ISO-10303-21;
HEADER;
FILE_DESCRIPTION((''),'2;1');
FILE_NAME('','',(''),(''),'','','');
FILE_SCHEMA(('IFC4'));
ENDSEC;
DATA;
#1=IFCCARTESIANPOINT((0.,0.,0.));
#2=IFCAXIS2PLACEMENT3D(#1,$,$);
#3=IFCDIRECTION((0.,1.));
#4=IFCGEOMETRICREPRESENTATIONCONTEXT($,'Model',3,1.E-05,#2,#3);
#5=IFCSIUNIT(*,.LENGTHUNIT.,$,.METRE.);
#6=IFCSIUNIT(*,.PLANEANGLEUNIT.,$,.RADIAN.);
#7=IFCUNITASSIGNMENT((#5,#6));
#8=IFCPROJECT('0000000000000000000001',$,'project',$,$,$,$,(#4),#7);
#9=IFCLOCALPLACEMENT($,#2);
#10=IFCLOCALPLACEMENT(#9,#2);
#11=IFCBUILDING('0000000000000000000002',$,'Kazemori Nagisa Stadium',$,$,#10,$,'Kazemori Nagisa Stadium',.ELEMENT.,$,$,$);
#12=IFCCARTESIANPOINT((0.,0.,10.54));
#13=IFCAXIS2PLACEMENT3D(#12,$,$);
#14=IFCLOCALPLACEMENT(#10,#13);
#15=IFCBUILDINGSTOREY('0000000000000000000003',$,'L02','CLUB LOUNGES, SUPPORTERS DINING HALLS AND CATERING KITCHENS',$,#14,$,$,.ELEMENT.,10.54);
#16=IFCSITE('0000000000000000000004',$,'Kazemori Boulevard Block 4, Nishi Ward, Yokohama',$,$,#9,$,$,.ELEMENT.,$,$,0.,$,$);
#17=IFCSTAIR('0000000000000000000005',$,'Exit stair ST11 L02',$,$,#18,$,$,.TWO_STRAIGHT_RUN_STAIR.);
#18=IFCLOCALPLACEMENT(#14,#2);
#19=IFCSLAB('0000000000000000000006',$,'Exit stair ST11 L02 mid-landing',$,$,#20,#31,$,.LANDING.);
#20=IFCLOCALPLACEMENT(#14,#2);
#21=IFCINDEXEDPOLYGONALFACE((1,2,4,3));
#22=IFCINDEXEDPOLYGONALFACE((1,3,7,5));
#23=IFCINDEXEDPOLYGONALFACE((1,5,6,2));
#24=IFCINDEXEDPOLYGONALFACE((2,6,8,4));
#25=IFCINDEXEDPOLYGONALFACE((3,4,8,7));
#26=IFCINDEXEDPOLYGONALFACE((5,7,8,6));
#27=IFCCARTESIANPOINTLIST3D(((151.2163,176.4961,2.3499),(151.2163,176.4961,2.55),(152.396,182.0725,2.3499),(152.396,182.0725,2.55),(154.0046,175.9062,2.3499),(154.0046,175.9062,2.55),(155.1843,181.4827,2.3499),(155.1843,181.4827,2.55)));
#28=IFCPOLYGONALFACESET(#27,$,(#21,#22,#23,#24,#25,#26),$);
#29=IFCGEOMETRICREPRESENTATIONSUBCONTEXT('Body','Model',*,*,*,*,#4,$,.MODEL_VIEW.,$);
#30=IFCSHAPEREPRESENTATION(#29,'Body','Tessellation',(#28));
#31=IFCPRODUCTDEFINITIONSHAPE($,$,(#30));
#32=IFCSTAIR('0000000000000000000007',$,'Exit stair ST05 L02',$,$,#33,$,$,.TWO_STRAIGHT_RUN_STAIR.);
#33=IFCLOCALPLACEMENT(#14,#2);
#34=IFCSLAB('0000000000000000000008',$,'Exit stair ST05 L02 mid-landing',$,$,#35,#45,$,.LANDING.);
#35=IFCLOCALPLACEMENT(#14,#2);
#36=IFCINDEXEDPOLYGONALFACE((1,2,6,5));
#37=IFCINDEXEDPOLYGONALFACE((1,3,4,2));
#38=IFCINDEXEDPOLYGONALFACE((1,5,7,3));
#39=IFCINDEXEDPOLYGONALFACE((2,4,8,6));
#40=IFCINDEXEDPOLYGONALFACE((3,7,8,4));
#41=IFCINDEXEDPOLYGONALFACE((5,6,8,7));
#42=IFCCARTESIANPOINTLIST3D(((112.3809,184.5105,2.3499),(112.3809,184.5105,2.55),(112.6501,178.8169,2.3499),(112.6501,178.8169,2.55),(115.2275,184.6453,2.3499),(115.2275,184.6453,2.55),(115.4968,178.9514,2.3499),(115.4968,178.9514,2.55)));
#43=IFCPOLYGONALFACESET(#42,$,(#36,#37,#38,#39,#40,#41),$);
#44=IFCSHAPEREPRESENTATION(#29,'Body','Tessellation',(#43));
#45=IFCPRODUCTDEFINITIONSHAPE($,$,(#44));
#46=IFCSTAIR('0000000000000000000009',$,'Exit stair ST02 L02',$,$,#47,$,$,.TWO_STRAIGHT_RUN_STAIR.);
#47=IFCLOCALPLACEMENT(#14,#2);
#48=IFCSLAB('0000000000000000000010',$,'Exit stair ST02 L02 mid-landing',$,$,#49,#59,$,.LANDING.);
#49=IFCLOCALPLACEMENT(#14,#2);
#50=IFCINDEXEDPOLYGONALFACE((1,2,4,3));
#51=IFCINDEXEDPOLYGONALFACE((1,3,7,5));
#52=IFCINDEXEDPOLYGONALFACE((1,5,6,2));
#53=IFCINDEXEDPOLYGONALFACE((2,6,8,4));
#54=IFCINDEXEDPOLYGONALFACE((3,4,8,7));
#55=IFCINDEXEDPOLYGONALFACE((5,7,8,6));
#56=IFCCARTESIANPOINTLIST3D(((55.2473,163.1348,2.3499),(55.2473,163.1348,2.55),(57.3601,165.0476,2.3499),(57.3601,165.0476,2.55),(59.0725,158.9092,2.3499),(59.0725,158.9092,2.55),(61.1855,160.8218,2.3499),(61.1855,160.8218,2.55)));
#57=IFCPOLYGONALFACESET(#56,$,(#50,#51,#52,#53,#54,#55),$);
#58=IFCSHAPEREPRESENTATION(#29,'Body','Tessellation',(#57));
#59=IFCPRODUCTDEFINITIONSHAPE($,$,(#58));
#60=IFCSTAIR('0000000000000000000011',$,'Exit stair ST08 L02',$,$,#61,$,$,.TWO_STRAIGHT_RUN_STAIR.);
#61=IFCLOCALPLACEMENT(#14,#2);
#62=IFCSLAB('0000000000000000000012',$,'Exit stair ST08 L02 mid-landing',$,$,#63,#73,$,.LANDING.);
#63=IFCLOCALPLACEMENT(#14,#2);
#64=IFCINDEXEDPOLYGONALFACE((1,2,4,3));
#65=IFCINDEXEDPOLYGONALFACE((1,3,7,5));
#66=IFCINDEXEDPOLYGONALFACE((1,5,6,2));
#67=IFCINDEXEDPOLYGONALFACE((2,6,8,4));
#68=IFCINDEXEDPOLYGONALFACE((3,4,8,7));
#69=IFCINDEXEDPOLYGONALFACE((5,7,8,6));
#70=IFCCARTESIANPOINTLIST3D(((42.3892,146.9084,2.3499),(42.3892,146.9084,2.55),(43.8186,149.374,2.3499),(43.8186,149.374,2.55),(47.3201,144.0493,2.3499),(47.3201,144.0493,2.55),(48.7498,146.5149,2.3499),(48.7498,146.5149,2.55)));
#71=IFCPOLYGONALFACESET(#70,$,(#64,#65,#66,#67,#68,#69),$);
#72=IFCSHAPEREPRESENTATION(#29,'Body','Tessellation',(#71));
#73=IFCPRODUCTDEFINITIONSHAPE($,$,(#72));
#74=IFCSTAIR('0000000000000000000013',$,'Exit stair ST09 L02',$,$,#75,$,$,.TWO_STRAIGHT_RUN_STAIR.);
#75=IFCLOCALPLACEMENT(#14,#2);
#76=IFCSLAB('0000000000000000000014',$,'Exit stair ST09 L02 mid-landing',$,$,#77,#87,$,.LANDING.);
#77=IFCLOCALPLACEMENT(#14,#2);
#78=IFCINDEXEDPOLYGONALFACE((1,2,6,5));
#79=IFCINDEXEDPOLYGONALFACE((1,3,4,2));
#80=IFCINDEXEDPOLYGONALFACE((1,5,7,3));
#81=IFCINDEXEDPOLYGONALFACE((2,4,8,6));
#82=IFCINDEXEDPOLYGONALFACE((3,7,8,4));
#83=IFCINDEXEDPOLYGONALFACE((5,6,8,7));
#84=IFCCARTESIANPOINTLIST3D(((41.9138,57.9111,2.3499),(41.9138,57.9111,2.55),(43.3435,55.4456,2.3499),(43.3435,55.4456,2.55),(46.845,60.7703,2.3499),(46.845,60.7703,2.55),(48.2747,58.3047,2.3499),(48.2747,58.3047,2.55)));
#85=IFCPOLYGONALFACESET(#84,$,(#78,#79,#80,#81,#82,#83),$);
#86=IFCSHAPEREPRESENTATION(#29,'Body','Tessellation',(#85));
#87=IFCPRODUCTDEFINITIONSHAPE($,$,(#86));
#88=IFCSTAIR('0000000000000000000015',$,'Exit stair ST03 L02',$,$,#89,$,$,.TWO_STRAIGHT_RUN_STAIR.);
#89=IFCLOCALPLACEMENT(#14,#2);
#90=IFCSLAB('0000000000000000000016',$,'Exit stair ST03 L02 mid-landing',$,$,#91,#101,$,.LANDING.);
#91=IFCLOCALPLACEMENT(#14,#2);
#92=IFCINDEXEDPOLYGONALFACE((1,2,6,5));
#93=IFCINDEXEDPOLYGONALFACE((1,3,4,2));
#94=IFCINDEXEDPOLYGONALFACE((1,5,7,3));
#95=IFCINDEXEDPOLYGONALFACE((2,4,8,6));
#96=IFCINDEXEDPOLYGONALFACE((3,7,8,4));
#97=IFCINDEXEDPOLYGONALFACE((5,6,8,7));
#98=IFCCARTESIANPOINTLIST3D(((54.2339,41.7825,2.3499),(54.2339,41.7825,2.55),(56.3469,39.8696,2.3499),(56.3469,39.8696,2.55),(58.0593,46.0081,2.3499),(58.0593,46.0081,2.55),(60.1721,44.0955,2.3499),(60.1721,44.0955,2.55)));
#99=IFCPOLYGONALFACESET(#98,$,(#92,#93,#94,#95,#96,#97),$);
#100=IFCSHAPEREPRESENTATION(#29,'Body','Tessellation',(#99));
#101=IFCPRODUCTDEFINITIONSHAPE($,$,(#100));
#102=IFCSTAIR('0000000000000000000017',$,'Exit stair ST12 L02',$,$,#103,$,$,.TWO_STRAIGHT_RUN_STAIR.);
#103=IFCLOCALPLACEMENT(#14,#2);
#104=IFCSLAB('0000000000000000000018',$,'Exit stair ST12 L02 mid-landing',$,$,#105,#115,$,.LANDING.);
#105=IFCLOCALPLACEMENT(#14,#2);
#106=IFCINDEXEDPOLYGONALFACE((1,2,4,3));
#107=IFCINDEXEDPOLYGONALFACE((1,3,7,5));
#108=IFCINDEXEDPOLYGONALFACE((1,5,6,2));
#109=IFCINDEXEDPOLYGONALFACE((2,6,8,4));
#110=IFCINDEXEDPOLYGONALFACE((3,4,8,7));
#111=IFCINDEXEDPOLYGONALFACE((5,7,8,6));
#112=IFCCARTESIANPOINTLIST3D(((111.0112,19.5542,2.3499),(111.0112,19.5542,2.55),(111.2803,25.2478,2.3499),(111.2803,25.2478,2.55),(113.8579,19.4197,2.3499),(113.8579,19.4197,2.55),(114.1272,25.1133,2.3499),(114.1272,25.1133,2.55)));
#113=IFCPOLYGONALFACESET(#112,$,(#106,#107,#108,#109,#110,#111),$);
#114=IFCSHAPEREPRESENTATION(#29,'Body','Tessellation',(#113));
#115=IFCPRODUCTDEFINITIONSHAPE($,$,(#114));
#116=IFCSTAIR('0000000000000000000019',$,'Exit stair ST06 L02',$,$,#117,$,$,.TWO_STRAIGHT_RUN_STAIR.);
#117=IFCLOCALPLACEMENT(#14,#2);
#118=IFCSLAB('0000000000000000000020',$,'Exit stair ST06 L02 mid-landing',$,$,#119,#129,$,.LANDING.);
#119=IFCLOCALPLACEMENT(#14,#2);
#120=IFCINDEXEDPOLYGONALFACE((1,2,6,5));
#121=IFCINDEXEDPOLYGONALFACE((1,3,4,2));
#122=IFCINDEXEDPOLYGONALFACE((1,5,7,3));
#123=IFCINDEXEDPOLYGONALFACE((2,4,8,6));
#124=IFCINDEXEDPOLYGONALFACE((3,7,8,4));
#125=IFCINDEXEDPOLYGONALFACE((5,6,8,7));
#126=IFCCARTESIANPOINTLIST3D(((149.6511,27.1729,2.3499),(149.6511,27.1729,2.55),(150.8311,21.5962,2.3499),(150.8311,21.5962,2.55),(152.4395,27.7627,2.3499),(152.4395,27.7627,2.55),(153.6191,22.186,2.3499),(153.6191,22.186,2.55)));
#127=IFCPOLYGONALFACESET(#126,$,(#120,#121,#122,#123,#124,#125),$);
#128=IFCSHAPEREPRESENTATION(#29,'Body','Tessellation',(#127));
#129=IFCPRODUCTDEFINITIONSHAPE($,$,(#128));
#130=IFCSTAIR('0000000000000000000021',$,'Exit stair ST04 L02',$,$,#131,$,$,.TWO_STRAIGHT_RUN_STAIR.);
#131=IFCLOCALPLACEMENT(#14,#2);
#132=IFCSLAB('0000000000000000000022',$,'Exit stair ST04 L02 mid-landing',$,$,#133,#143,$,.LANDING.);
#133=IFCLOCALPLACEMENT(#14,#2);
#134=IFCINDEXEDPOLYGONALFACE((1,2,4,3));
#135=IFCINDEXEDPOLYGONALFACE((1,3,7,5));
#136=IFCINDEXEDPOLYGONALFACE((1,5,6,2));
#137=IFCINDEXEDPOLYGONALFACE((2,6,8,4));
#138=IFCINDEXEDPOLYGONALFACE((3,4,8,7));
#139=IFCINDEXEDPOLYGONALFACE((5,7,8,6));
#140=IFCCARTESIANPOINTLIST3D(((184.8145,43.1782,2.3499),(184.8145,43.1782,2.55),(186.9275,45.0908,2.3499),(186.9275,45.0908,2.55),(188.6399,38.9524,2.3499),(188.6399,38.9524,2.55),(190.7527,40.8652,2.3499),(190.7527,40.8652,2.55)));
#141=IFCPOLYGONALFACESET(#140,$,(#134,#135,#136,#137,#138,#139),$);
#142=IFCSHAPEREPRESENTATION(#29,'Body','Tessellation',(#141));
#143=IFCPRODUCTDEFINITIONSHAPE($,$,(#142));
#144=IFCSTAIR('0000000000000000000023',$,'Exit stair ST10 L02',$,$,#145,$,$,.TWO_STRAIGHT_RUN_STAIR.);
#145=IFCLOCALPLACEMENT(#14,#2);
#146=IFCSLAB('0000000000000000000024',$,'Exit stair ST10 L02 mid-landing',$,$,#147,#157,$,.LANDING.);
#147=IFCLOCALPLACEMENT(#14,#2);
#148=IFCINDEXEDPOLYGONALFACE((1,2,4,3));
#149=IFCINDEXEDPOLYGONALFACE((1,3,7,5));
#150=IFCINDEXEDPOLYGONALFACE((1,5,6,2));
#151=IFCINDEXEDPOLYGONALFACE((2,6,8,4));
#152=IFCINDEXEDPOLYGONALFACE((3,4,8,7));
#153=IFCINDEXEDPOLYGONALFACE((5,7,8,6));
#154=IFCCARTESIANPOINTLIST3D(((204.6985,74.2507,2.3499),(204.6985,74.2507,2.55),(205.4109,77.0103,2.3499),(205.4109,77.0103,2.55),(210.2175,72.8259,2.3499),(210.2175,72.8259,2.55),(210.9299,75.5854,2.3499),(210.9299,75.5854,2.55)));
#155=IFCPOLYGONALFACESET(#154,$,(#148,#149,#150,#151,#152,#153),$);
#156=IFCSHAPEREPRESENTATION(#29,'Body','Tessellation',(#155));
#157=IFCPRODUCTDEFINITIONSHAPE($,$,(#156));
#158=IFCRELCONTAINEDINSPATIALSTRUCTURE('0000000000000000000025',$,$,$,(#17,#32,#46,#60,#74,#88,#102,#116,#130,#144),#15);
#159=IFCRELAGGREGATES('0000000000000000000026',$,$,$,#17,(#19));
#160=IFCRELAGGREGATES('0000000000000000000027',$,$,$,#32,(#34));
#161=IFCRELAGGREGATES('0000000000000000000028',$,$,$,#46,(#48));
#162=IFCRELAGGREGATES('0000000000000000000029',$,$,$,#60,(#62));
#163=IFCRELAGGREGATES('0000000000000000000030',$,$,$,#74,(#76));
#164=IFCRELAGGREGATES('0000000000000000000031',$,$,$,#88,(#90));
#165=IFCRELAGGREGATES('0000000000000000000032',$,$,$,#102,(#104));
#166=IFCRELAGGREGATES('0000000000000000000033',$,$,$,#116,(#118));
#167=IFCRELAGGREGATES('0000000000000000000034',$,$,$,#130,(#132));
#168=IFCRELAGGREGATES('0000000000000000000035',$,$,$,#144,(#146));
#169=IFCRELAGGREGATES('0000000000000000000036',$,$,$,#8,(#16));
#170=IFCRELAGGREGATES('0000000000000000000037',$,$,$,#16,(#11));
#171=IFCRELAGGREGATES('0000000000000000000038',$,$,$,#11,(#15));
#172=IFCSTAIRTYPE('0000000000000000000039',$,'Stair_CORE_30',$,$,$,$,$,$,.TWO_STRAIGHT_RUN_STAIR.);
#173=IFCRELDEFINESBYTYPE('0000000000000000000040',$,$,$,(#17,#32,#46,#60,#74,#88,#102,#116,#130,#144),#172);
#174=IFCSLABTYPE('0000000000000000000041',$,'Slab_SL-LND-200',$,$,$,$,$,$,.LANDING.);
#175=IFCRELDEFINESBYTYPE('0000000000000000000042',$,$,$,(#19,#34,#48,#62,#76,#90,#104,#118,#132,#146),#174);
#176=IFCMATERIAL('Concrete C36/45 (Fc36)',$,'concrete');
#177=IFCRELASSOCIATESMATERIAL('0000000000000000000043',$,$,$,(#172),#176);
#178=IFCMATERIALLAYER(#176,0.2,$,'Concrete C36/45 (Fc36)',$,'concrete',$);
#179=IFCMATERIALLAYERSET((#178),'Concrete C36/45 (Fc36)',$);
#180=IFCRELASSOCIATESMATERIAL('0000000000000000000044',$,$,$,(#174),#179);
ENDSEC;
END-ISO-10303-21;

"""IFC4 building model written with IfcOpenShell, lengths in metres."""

from ifc_helpers import new_model, si_unit, direction, frame, origin, place, context, subcontext, project, spatial, polyline, outline, extrude, material, layer, layer_set, type_object, element, aggregate, save


model = new_model("IFC4")

# Units and contexts
model_context = context("Model", 3, precision=1e-05, world=origin(), true_north=direction((0.0, 1.0)))
body_context = subcontext(model_context, "Body", "Model", "MODEL_VIEW")
ifc_project = project(units=[si_unit("LENGTHUNIT", "METRE"), si_unit("PLANEANGLEUNIT", "RADIAN")], contexts=[model_context])

# Site, building, storey
site_placement = place(None, origin())
site = spatial("IfcSite", under=ifc_project, at=site_placement, Name="Kazemori Boulevard Block 4, Nishi Ward, Yokohama", CompositionType="ELEMENT", RefElevation=0.0)
building_placement = place(site_placement, origin())
building = spatial("IfcBuilding", under=site, at=building_placement, Name="Kazemori Nagisa Stadium", LongName="Kazemori Nagisa Stadium", CompositionType="ELEMENT")
storey_placement = place(building_placement, frame((0.0, 0.0, 10.54)))
storey = spatial("IfcBuildingStorey", under=building, at=storey_placement, Name="L02", Description="CLUB LOUNGES, SUPPORTERS DINING HALLS AND CATERING KITCHENS", CompositionType="ELEMENT", Elevation=10.54)

# Shared definitions
ifc_material = material(Name="Concrete C36/45 (Fc36)", Category="concrete")

# Stairs, slabs
stair_type = type_object("IfcStairType", Name="Stair_CORE_30", PredefinedType="TWO_STRAIGHT_RUN_STAIR", material=ifc_material)
ifc_layer_1 = layer(ifc_material, 0.2, Name="Concrete C36/45 (Fc36)", Category="concrete")
ifc_layer_set_1 = layer_set([ifc_layer_1], Name="Concrete C36/45 (Fc36)")
slab_type_1 = type_object("IfcSlabType", Name="Slab_SL-LND-200", PredefinedType="LANDING", material=ifc_layer_set_1)
stair_1_placement = place(storey_placement, origin())
stair_1 = element("IfcStair", 1, at=stair_1_placement, inside=storey, type_object=stair_type, Name="Exit stair ST11 L02", PredefinedType="TWO_STRAIGHT_RUN_STAIR")
slab_1_placement = place(storey_placement, frame((0.0, 0.0, 2.3499)))
slab_1 = element("IfcSlab", 2, at=slab_1_placement, type_object=slab_type_1, Name="Exit stair ST11 L02 mid-landing", PredefinedType="LANDING", context=body_context, shape_type="SweptSolid", body=[
    extrude(outline(polyline([(154.0046, 175.9062), (151.2163, 176.4961), (152.396, 182.0725), (155.1843, 181.4827), (154.0046, 175.9062)])), origin(), (0.0, 0.0, 1.0), 0.2002),
])
aggregate(stair_1, [slab_1])
stair_2_placement = place(storey_placement, origin())
stair_2 = element("IfcStair", 3, at=stair_2_placement, inside=storey, type_object=stair_type, Name="Exit stair ST05 L02", PredefinedType="TWO_STRAIGHT_RUN_STAIR")
slab_2_placement = place(storey_placement, frame((0.0, 0.0, 2.3499)))
slab_2 = element("IfcSlab", 4, at=slab_2_placement, type_object=slab_type_1, Name="Exit stair ST05 L02 mid-landing", PredefinedType="LANDING", context=body_context, shape_type="SweptSolid", body=[
    extrude(outline(polyline([(115.4968, 178.9514), (112.6501, 178.8169), (112.3809, 184.5105), (115.2275, 184.6453), (115.4968, 178.9514)])), origin(), (0.0, 0.0, 1.0), 0.2002),
])
aggregate(stair_2, [slab_2])
stair_3_placement = place(storey_placement, origin())
stair_3 = element("IfcStair", 5, at=stair_3_placement, inside=storey, type_object=stair_type, Name="Exit stair ST02 L02", PredefinedType="TWO_STRAIGHT_RUN_STAIR")
slab_3_placement = place(storey_placement, frame((0.0, 0.0, 2.3499)))
slab_3 = element("IfcSlab", 6, at=slab_3_placement, type_object=slab_type_1, Name="Exit stair ST02 L02 mid-landing", PredefinedType="LANDING", context=body_context, shape_type="SweptSolid", body=[
    extrude(outline(polyline([(61.1855, 160.8218), (59.0725, 158.9092), (55.2473, 163.1348), (57.3601, 165.0476), (61.1855, 160.8218)])), origin(), (0.0, 0.0, 1.0), 0.2002),
])
aggregate(stair_3, [slab_3])
stair_4_placement = place(storey_placement, origin())
stair_4 = element("IfcStair", 7, at=stair_4_placement, inside=storey, type_object=stair_type, Name="Exit stair ST08 L02", PredefinedType="TWO_STRAIGHT_RUN_STAIR")
slab_4_placement = place(storey_placement, frame((0.0, 0.0, 2.3499)))
slab_4 = element("IfcSlab", 8, at=slab_4_placement, type_object=slab_type_1, Name="Exit stair ST08 L02 mid-landing", PredefinedType="LANDING", context=body_context, shape_type="SweptSolid", body=[
    extrude(outline(polyline([(48.7498, 146.5149), (47.3201, 144.0493), (42.3892, 146.9084), (43.8186, 149.374), (48.7498, 146.5149)])), origin(), (0.0, 0.0, 1.0), 0.2002),
])
aggregate(stair_4, [slab_4])
stair_5_placement = place(storey_placement, origin())
stair_5 = element("IfcStair", 9, at=stair_5_placement, inside=storey, type_object=stair_type, Name="Exit stair ST09 L02", PredefinedType="TWO_STRAIGHT_RUN_STAIR")
slab_5_placement = place(storey_placement, frame((0.0, 0.0, 2.3499)))
slab_5 = element("IfcSlab", 10, at=slab_5_placement, type_object=slab_type_1, Name="Exit stair ST09 L02 mid-landing", PredefinedType="LANDING", context=body_context, shape_type="SweptSolid", body=[
    extrude(outline(polyline([(46.845, 60.7703), (48.2747, 58.3047), (43.3435, 55.4456), (41.9138, 57.9111), (46.845, 60.7703)])), origin(), (0.0, 0.0, 1.0), 0.2002),
])
aggregate(stair_5, [slab_5])
stair_6_placement = place(storey_placement, origin())
stair_6 = element("IfcStair", 11, at=stair_6_placement, inside=storey, type_object=stair_type, Name="Exit stair ST03 L02", PredefinedType="TWO_STRAIGHT_RUN_STAIR")
slab_6_placement = place(storey_placement, frame((0.0, 0.0, 2.3499)))
slab_6 = element("IfcSlab", 12, at=slab_6_placement, type_object=slab_type_1, Name="Exit stair ST03 L02 mid-landing", PredefinedType="LANDING", context=body_context, shape_type="SweptSolid", body=[
    extrude(outline(polyline([(58.0593, 46.0081), (60.1721, 44.0955), (56.3469, 39.8696), (54.2339, 41.7825), (58.0593, 46.0081)])), origin(), (0.0, 0.0, 1.0), 0.2002),
])
aggregate(stair_6, [slab_6])
stair_7_placement = place(storey_placement, origin())
stair_7 = element("IfcStair", 13, at=stair_7_placement, inside=storey, type_object=stair_type, Name="Exit stair ST12 L02", PredefinedType="TWO_STRAIGHT_RUN_STAIR")
slab_7_placement = place(storey_placement, frame((0.0, 0.0, 2.3499)))
slab_7 = element("IfcSlab", 14, at=slab_7_placement, type_object=slab_type_1, Name="Exit stair ST12 L02 mid-landing", PredefinedType="LANDING", context=body_context, shape_type="SweptSolid", body=[
    extrude(outline(polyline([(111.2803, 25.2478), (114.1272, 25.1133), (113.8579, 19.4197), (111.0112, 19.5542), (111.2803, 25.2478)])), origin(), (0.0, 0.0, 1.0), 0.2002),
])
aggregate(stair_7, [slab_7])
stair_8_placement = place(storey_placement, origin())
stair_8 = element("IfcStair", 15, at=stair_8_placement, inside=storey, type_object=stair_type, Name="Exit stair ST06 L02", PredefinedType="TWO_STRAIGHT_RUN_STAIR")
slab_8_placement = place(storey_placement, frame((0.0, 0.0, 2.3499)))
slab_8 = element("IfcSlab", 16, at=slab_8_placement, type_object=slab_type_1, Name="Exit stair ST06 L02 mid-landing", PredefinedType="LANDING", context=body_context, shape_type="SweptSolid", body=[
    extrude(outline(polyline([(149.6511, 27.1729), (152.4395, 27.7627), (153.6191, 22.186), (150.8311, 21.5962), (149.6511, 27.1729)])), origin(), (0.0, 0.0, 1.0), 0.2002),
])
aggregate(stair_8, [slab_8])
stair_9_placement = place(storey_placement, origin())
stair_9 = element("IfcStair", 17, at=stair_9_placement, inside=storey, type_object=stair_type, Name="Exit stair ST04 L02", PredefinedType="TWO_STRAIGHT_RUN_STAIR")
slab_9_placement = place(storey_placement, frame((0.0, 0.0, 2.3499)))
slab_9 = element("IfcSlab", 18, at=slab_9_placement, type_object=slab_type_1, Name="Exit stair ST04 L02 mid-landing", PredefinedType="LANDING", context=body_context, shape_type="SweptSolid", body=[
    extrude(outline(polyline([(184.8145, 43.1782), (186.9275, 45.0908), (190.7527, 40.8652), (188.6399, 38.9524), (184.8145, 43.1782)])), origin(), (0.0, 0.0, 1.0), 0.2002),
])
aggregate(stair_9, [slab_9])
stair_10_placement = place(storey_placement, origin())
stair_10 = element("IfcStair", 19, at=stair_10_placement, inside=storey, type_object=stair_type, Name="Exit stair ST10 L02", PredefinedType="TWO_STRAIGHT_RUN_STAIR")
slab_10_placement = place(storey_placement, frame((0.0, 0.0, 2.3499)))
slab_10 = element("IfcSlab", 20, at=slab_10_placement, type_object=slab_type_1, Name="Exit stair ST10 L02 mid-landing", PredefinedType="LANDING", context=body_context, shape_type="SweptSolid", body=[
    extrude(outline(polyline([(204.6985, 74.2507), (205.4109, 77.0103), (210.9299, 75.5854), (210.2175, 72.8259), (204.6985, 74.2507)])), origin(), (0.0, 0.0, 1.0), 0.2002),
])
aggregate(stair_10, [slab_10])

save(model, "model.ifc")
